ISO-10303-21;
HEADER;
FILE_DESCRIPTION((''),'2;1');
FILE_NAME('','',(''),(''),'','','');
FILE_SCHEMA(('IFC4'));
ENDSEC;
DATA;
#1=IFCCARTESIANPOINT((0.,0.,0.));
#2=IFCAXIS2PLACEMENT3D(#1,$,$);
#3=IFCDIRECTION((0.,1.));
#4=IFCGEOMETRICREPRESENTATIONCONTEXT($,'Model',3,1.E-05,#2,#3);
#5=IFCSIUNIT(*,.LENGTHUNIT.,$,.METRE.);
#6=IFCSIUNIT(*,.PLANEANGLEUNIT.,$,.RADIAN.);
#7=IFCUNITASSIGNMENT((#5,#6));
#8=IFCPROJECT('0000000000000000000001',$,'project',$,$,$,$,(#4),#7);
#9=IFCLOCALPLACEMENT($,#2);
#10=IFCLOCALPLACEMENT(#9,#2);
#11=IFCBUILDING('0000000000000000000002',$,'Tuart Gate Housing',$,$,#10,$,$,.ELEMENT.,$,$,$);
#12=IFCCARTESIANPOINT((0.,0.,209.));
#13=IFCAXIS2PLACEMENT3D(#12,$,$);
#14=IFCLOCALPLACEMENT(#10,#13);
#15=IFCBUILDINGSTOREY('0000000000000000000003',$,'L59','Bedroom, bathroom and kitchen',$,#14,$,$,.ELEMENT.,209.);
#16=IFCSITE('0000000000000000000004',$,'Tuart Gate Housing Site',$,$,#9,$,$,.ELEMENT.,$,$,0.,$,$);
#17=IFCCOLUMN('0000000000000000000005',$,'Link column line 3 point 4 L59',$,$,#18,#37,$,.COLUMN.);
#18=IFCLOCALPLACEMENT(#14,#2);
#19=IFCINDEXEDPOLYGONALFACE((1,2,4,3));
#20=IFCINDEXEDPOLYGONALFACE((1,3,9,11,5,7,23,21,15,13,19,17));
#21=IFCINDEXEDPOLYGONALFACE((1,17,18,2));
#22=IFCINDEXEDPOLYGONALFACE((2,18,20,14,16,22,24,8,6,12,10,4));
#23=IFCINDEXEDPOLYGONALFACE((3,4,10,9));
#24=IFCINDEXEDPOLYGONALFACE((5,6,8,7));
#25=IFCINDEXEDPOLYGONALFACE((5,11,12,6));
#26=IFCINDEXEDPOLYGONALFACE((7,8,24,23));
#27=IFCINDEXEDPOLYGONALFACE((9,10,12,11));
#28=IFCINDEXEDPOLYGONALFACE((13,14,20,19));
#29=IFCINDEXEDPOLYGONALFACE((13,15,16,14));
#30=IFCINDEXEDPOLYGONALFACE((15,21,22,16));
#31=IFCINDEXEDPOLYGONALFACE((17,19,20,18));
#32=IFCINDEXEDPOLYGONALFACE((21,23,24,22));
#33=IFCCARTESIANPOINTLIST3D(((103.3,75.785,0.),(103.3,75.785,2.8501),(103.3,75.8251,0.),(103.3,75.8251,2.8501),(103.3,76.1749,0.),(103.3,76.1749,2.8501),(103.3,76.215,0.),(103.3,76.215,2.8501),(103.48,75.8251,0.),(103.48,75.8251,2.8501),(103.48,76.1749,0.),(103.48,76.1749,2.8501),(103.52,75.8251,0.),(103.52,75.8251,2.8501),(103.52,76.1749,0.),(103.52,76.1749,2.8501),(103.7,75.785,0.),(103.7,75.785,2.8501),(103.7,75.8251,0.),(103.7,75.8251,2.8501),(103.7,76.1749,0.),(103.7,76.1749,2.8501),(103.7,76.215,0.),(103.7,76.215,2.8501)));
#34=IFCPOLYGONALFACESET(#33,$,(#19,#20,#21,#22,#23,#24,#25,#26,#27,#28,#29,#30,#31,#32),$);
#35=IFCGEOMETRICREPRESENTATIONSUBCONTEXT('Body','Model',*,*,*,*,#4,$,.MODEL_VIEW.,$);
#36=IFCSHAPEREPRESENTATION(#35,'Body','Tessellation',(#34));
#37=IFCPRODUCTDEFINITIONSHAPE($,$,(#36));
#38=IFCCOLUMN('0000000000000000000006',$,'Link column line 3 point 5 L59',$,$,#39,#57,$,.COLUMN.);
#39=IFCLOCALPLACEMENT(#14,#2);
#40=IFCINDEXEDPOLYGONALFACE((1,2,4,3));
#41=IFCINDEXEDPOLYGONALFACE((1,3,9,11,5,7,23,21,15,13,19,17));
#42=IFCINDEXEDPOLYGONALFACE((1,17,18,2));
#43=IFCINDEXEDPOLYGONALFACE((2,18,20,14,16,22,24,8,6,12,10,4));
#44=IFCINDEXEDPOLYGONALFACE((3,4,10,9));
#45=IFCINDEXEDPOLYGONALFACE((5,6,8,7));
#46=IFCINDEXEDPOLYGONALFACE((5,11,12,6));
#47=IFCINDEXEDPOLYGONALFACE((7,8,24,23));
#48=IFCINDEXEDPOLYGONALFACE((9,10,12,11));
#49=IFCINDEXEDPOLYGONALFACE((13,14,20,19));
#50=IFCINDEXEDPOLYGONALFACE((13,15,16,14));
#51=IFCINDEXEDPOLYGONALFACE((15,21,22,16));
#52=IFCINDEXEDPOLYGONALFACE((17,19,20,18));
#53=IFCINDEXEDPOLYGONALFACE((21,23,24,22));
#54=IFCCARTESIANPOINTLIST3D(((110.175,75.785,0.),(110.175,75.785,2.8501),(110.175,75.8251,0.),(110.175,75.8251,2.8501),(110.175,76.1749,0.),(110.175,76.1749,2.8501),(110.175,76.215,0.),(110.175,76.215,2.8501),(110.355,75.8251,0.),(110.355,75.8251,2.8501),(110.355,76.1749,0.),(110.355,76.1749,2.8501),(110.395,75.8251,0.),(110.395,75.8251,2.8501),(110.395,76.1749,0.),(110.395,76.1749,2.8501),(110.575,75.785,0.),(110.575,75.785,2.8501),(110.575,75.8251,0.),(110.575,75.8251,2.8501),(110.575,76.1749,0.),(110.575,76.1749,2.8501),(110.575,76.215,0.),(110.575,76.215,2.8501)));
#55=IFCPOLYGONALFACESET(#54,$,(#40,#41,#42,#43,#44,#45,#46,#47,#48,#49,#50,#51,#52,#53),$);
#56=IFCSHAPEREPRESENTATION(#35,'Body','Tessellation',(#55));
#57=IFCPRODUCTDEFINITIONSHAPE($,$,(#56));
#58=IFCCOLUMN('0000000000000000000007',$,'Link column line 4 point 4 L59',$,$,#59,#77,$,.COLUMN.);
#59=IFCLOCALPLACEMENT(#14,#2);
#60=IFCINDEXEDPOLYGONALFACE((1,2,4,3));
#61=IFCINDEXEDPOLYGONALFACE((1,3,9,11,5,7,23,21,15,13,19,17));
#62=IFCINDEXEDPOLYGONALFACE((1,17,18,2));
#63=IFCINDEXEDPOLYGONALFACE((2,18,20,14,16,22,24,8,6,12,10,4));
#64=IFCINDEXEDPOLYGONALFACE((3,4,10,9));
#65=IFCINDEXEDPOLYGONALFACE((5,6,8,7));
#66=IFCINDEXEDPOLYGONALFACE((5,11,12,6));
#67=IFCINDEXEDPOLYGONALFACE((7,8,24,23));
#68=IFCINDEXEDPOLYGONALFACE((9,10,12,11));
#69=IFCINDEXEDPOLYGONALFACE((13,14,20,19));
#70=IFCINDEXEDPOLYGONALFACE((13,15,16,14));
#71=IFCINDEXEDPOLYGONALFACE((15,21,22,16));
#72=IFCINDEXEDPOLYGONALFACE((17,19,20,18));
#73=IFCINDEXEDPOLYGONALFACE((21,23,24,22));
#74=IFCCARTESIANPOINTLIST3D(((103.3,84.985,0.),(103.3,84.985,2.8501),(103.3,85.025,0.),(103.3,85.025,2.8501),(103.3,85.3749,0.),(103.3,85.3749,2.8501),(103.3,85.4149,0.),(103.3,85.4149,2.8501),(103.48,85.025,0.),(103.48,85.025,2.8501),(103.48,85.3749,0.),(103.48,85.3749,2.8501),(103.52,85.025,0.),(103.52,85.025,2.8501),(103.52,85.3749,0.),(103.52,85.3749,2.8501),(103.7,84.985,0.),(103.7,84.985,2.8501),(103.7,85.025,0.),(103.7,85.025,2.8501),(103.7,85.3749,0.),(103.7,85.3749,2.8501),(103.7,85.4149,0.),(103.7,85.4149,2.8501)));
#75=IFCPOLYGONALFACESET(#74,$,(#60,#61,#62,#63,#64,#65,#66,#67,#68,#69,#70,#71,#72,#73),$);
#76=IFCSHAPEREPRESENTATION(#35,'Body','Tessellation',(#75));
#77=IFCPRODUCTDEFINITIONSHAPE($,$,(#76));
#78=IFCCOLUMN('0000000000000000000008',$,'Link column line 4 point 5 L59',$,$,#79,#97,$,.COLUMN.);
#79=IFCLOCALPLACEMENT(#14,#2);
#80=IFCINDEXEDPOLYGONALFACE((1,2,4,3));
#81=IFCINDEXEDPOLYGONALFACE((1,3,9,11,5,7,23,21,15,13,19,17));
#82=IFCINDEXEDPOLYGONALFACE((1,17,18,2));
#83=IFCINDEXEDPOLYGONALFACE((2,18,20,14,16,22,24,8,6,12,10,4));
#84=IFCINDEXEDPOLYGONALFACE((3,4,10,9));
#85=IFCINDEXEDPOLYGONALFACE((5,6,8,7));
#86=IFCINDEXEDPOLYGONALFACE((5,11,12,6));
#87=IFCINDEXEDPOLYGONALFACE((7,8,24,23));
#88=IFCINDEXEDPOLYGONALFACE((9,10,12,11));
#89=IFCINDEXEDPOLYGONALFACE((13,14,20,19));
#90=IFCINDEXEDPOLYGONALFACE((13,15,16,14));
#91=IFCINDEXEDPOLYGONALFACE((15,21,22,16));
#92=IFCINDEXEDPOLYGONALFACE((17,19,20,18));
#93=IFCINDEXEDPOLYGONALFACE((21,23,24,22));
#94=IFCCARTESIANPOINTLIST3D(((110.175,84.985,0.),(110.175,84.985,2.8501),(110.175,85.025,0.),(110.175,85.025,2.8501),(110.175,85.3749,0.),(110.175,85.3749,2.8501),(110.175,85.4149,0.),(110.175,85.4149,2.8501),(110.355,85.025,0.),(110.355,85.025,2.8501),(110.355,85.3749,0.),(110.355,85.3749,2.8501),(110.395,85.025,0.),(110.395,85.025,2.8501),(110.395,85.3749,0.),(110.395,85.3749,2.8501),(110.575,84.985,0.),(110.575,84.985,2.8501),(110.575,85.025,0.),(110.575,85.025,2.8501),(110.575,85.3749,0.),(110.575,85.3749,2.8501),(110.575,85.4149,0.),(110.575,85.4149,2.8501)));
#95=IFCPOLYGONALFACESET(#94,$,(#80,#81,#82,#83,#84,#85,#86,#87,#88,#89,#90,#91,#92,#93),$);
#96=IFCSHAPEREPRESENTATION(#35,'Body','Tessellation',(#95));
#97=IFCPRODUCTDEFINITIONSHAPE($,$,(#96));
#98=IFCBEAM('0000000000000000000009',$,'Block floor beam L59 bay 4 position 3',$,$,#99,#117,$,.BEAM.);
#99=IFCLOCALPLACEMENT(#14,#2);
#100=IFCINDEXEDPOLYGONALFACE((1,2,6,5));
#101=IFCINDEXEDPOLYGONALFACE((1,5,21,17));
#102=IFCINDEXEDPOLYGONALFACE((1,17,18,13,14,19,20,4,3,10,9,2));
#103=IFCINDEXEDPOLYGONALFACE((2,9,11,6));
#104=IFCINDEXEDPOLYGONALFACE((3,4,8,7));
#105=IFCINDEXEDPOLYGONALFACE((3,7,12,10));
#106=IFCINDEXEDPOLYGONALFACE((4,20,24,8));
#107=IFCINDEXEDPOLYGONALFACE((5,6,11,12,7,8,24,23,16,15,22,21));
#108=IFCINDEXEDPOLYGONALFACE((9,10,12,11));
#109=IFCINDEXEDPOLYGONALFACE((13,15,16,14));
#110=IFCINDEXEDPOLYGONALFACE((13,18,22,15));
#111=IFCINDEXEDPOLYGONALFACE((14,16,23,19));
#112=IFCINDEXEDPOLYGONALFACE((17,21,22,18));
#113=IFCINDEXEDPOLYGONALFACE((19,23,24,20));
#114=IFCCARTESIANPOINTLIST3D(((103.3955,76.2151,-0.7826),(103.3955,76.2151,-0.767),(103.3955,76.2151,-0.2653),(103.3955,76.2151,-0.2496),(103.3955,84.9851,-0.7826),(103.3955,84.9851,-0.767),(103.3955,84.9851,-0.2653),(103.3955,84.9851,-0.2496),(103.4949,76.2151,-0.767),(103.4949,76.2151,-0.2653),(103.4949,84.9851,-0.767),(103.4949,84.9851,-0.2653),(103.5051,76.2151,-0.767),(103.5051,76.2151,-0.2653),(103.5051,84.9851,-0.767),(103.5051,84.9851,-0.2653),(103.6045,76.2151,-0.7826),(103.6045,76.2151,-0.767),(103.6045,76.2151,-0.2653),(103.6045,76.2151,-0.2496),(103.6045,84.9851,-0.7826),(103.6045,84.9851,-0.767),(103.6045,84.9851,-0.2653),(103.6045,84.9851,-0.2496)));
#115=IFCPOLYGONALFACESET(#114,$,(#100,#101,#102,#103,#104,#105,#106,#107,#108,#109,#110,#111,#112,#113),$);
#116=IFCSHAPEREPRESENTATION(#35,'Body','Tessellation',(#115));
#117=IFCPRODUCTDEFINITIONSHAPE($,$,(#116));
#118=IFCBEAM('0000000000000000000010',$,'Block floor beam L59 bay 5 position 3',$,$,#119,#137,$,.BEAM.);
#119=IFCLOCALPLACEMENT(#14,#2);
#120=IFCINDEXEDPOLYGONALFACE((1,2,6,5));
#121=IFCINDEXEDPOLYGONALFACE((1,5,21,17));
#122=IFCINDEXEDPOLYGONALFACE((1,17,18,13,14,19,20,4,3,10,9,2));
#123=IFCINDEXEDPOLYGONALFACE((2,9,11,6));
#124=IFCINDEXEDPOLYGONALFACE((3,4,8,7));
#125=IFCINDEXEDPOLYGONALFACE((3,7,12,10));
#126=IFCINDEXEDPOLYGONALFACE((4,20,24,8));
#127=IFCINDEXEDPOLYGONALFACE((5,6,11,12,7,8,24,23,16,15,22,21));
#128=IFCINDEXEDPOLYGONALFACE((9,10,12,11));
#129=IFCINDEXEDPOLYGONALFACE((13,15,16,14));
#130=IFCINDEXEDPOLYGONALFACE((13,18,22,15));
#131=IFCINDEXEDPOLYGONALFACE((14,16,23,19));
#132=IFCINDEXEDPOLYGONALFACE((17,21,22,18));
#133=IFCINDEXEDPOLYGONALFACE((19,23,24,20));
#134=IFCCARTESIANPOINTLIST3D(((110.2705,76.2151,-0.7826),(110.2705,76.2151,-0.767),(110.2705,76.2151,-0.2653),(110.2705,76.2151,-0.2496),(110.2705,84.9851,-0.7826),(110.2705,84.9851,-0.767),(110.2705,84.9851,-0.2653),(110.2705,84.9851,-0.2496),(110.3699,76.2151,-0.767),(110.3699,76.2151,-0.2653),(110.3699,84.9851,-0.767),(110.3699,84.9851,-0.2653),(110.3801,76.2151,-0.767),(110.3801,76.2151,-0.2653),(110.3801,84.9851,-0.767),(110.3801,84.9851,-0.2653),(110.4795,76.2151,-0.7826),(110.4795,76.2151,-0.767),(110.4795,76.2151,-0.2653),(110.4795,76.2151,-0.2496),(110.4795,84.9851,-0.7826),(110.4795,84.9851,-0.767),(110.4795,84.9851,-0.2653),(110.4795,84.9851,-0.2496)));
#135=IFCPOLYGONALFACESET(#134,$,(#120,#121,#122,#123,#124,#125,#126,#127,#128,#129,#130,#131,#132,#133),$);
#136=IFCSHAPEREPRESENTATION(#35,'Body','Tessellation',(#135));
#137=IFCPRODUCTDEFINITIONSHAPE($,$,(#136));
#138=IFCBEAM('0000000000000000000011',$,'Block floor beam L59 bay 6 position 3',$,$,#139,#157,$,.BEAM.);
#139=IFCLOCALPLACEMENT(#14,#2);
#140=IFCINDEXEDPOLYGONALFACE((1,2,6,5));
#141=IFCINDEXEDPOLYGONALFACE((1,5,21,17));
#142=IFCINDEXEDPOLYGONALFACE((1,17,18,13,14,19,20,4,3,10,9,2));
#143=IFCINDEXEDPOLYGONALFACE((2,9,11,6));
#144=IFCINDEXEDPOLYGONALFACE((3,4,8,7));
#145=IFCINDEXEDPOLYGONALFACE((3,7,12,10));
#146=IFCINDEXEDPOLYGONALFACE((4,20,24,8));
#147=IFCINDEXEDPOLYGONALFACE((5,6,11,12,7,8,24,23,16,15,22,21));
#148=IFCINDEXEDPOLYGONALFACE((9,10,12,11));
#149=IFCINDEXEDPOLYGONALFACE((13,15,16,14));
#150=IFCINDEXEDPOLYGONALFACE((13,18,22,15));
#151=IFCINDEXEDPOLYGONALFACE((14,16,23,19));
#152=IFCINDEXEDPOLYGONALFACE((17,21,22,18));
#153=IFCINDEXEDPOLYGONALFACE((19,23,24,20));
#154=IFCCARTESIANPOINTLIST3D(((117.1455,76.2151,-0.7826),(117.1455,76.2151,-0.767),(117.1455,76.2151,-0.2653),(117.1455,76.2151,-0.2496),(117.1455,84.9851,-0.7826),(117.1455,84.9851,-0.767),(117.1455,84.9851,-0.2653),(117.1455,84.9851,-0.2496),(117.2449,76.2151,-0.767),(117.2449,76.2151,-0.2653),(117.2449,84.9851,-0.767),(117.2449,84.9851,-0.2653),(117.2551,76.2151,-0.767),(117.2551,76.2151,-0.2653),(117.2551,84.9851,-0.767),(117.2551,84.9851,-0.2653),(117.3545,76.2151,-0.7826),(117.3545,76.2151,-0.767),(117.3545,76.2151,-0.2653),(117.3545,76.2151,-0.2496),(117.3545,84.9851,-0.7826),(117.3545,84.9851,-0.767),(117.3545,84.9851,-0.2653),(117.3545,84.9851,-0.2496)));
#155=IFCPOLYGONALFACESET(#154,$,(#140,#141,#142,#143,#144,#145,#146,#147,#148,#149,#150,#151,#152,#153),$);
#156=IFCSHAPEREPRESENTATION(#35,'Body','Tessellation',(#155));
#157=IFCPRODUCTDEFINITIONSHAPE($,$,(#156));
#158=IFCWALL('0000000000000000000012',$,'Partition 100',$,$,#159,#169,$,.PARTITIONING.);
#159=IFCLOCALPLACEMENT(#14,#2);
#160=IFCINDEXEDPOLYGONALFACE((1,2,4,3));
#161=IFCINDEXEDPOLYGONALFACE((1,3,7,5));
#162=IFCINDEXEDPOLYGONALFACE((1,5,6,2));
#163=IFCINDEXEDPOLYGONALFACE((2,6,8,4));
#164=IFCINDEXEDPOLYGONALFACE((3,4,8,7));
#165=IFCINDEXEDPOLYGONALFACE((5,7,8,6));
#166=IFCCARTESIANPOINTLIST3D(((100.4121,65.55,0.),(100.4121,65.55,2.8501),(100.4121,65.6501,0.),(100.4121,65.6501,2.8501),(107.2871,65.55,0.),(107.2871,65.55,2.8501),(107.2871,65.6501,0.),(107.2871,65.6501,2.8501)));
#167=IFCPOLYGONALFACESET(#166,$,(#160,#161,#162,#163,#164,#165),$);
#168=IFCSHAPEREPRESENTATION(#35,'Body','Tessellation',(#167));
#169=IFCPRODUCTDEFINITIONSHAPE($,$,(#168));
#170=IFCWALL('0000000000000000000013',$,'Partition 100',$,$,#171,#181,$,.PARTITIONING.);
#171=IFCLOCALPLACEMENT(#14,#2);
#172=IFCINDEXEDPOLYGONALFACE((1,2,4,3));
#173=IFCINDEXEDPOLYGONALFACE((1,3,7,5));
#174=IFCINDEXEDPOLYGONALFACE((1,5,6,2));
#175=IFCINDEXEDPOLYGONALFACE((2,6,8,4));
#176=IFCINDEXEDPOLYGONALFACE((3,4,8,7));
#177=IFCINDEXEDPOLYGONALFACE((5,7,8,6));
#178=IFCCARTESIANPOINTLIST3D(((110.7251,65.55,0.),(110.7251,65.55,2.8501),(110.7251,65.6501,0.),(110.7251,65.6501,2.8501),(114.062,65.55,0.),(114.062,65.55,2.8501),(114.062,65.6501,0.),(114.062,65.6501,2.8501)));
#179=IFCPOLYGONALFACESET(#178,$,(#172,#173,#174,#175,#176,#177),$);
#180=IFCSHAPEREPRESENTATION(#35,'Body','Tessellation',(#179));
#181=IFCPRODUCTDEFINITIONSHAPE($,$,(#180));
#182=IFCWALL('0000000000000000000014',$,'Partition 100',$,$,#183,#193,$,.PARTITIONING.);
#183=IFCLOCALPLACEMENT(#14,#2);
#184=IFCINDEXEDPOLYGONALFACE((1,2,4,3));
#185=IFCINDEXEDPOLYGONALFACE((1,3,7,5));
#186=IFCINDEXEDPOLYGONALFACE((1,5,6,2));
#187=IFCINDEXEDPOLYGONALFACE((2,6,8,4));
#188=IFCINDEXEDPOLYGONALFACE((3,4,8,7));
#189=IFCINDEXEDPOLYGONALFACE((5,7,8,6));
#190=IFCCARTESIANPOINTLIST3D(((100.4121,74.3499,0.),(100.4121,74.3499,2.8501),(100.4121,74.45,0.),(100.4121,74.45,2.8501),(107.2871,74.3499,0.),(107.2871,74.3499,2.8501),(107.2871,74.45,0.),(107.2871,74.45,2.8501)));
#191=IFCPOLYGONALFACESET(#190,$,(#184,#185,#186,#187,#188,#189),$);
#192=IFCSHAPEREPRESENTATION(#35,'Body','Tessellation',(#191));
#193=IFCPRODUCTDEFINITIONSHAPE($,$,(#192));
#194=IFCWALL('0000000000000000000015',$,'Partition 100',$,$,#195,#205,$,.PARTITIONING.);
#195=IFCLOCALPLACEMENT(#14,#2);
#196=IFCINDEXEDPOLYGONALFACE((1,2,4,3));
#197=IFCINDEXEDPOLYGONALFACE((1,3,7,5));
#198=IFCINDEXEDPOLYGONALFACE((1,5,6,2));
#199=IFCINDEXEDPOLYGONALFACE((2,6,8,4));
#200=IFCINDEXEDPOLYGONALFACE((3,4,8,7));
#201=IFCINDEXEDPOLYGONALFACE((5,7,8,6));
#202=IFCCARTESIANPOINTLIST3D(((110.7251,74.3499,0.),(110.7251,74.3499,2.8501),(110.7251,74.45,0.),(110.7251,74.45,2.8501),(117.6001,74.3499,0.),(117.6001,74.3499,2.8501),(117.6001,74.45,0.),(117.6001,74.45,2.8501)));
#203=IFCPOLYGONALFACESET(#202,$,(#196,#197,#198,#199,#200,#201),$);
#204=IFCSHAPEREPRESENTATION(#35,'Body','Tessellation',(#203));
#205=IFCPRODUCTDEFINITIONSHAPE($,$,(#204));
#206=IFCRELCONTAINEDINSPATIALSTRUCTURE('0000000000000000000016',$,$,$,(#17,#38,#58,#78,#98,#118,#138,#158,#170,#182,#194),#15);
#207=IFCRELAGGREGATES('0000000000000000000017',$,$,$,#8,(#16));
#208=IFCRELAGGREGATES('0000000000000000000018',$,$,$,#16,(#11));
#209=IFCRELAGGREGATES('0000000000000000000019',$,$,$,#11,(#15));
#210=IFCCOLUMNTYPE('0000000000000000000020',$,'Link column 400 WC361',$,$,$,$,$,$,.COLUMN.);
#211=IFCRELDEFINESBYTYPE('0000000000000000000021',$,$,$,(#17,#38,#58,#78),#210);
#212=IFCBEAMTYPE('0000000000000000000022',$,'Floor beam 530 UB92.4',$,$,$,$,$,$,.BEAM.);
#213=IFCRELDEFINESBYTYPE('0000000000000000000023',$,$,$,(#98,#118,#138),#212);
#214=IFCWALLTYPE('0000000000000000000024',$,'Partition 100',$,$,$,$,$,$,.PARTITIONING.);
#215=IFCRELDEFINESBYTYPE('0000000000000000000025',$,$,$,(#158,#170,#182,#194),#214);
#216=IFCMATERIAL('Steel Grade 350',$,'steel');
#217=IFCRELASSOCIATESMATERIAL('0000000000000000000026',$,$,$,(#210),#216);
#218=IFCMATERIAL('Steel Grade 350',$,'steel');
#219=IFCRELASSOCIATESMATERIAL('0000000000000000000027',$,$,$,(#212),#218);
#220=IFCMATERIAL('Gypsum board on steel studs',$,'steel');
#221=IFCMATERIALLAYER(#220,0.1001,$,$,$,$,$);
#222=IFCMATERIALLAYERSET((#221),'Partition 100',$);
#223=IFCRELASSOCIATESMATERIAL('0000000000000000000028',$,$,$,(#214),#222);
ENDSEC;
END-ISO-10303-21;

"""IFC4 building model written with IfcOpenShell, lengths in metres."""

from ifc_helpers import new_model, si_unit, direction, frame, frame_2d, origin, origin_2d, place, context, subcontext, project, spatial, rectangle, i_section, extrude, material, layer, layer_set, material_profile, profile_set, type_object, element, save


model = new_model("IFC4")

# Units and contexts
model_context = context("Model", 3, precision=1e-05, world=origin(), true_north=direction((0.0, 1.0)))
body_context = subcontext(model_context, "Body", "Model", "MODEL_VIEW")
ifc_project = project(units=[si_unit("LENGTHUNIT", "METRE"), si_unit("PLANEANGLEUNIT", "RADIAN")], contexts=[model_context])

# Site, building, storey
site_placement = place(None, origin())
site = spatial("IfcSite", under=ifc_project, at=site_placement, Name="Tuart Gate Housing Site", CompositionType="ELEMENT", RefElevation=0.0)
building_placement = place(site_placement, origin())
building = spatial("IfcBuilding", under=site, at=building_placement, Name="Tuart Gate Housing", CompositionType="ELEMENT")
storey_placement = place(building_placement, frame((0.0, 0.0, 209.0)))
storey = spatial("IfcBuildingStorey", under=building, at=storey_placement, Name="L59", Description="Bedroom, bathroom and kitchen", CompositionType="ELEMENT", Elevation=209.0)

# Columns
ifc_material_1 = material(Name="Steel Grade 350", Category="steel")
ifc_material_profile_1 = material_profile(ifc_material_1, i_section(OverallWidth=0.3999, OverallDepth=0.4299, WebThickness=0.04, FlangeThickness=0.04, at=origin_2d()), Name="400WC361")
ifc_profile_set_1 = profile_set([ifc_material_profile_1], Name="Steel Grade 350")
column_type = type_object("IfcColumnType", Name="Link column 400 WC361", PredefinedType="COLUMN", material=ifc_profile_set_1)
for number, where, z_axis, x_axis, name in (
    (1, (103.5, 76.0, 0.0), (0.0, 0.0, 1.0), (1.0, 0.0, 0.0), "Link column line 3 point 4 L59"),
    (2, (110.375, 76.0, 0.0), (0.0, 0.0, 1.0), (1.0, 0.0, 0.0), "Link column line 3 point 5 L59"),
    (3, (103.5, 85.2, 0.0), (0.0, 0.0, 1.0), (1.0, 0.0, 0.0), "Link column line 4 point 4 L59"),
    (4, (110.375, 85.2, 0.0), (0.0, 0.0, 1.0), (1.0, 0.0, 0.0), "Link column line 4 point 5 L59"),
):
    element("IfcColumn", number, at=place(storey_placement, frame(where, z_axis=z_axis, x_axis=x_axis)), inside=storey, type_object=column_type, Name=name, PredefinedType="COLUMN", context=body_context, shape_type="SweptSolid", body=[
        extrude(i_section(OverallWidth=0.3999, OverallDepth=0.4299, WebThickness=0.04, FlangeThickness=0.04, at=origin_2d()), origin(), (0.0, 0.0, 1.0), 2.8501),
    ])

# Beams
ifc_material_2 = material(Name="Steel Grade 350", Category="steel")
ifc_material_profile_2 = material_profile(ifc_material_2, i_section(OverallWidth=0.209, OverallDepth=0.533, WebThickness=0.0103, FlangeThickness=0.0156, at=origin_2d()), Name="530UB92.4")
ifc_profile_set_2 = profile_set([ifc_material_profile_2], Name="Steel Grade 350")
beam_type = type_object("IfcBeamType", Name="Floor beam 530 UB92.4", PredefinedType="BEAM", material=ifc_profile_set_2)
for number, where, z_axis, x_axis, name in (
    (5, (103.5, 76.2151, -0.5161), (0.0, 1.0, 0.0), (-1.0, 0.0, 0.0), "Block floor beam L59 bay 4 position 3"),
    (6, (110.375, 76.2151, -0.5161), (0.0, 1.0, 0.0), (-1.0, 0.0, 0.0), "Block floor beam L59 bay 5 position 3"),
    (7, (117.25, 76.2151, -0.5161), (0.0, 1.0, 0.0), (-1.0, 0.0, 0.0), "Block floor beam L59 bay 6 position 3"),
):
    element("IfcBeam", number, at=place(storey_placement, frame(where, z_axis=z_axis, x_axis=x_axis)), inside=storey, type_object=beam_type, Name=name, PredefinedType="BEAM", context=body_context, shape_type="SweptSolid", body=[
        extrude(i_section(OverallWidth=0.209, OverallDepth=0.533, WebThickness=0.0103, FlangeThickness=0.0156, at=origin_2d()), origin(), (0.0, 0.0, 1.0), 8.77),
    ])

# Walls
ifc_material_3 = material(Name="Gypsum board on steel studs", Category="steel")
ifc_layer_1 = layer(ifc_material_3, 0.1001)
ifc_layer_set_1 = layer_set([ifc_layer_1], Name="Partition 100")
wall_type_1 = type_object("IfcWallType", Name="Partition 100", PredefinedType="PARTITIONING", material=ifc_layer_set_1)
wall_1_placement = place(storey_placement, frame((100.4121, 65.6001, 0.0), z_axis=(0.0, 0.0, 1.0), x_axis=(1.0, 0.0, 0.0)))
element("IfcWall", 8, at=wall_1_placement, inside=storey, type_object=wall_type_1, Name="Partition 100", PredefinedType="PARTITIONING", context=body_context, shape_type="SweptSolid", body=[
    extrude(rectangle(XDim=6.875, YDim=0.1001, at=frame_2d((3.4375, 0.0))), origin(), (0.0, 0.0, 1.0), 2.8501),
])
wall_2_placement = place(storey_placement, frame((110.7251, 65.6001, 0.0), z_axis=(0.0, 0.0, 1.0), x_axis=(1.0, 0.0, 0.0)))
element("IfcWall", 9, at=wall_2_placement, inside=storey, type_object=wall_type_1, Name="Partition 100", PredefinedType="PARTITIONING", context=body_context, shape_type="SweptSolid", body=[
    extrude(rectangle(XDim=3.3369, YDim=0.1001, at=frame_2d((1.6685, 0.0))), origin(), (0.0, 0.0, 1.0), 2.8501),
])
for number, where, z_axis, x_axis, name in (
    (10, (100.4121, 74.3999, 0.0), (0.0, 0.0, 1.0), (1.0, 0.0, 0.0), "Partition 100"),
    (11, (110.7251, 74.3999, 0.0), (0.0, 0.0, 1.0), (1.0, 0.0, 0.0), "Partition 100"),
):
    element("IfcWall", number, at=place(storey_placement, frame(where, z_axis=z_axis, x_axis=x_axis)), inside=storey, type_object=wall_type_1, Name=name, PredefinedType="PARTITIONING", context=body_context, shape_type="SweptSolid", body=[
        extrude(rectangle(XDim=6.875, YDim=0.1001, at=frame_2d((3.4375, 0.0))), origin(), (0.0, 0.0, 1.0), 2.8501),
    ])

save(model, "model.ifc")
